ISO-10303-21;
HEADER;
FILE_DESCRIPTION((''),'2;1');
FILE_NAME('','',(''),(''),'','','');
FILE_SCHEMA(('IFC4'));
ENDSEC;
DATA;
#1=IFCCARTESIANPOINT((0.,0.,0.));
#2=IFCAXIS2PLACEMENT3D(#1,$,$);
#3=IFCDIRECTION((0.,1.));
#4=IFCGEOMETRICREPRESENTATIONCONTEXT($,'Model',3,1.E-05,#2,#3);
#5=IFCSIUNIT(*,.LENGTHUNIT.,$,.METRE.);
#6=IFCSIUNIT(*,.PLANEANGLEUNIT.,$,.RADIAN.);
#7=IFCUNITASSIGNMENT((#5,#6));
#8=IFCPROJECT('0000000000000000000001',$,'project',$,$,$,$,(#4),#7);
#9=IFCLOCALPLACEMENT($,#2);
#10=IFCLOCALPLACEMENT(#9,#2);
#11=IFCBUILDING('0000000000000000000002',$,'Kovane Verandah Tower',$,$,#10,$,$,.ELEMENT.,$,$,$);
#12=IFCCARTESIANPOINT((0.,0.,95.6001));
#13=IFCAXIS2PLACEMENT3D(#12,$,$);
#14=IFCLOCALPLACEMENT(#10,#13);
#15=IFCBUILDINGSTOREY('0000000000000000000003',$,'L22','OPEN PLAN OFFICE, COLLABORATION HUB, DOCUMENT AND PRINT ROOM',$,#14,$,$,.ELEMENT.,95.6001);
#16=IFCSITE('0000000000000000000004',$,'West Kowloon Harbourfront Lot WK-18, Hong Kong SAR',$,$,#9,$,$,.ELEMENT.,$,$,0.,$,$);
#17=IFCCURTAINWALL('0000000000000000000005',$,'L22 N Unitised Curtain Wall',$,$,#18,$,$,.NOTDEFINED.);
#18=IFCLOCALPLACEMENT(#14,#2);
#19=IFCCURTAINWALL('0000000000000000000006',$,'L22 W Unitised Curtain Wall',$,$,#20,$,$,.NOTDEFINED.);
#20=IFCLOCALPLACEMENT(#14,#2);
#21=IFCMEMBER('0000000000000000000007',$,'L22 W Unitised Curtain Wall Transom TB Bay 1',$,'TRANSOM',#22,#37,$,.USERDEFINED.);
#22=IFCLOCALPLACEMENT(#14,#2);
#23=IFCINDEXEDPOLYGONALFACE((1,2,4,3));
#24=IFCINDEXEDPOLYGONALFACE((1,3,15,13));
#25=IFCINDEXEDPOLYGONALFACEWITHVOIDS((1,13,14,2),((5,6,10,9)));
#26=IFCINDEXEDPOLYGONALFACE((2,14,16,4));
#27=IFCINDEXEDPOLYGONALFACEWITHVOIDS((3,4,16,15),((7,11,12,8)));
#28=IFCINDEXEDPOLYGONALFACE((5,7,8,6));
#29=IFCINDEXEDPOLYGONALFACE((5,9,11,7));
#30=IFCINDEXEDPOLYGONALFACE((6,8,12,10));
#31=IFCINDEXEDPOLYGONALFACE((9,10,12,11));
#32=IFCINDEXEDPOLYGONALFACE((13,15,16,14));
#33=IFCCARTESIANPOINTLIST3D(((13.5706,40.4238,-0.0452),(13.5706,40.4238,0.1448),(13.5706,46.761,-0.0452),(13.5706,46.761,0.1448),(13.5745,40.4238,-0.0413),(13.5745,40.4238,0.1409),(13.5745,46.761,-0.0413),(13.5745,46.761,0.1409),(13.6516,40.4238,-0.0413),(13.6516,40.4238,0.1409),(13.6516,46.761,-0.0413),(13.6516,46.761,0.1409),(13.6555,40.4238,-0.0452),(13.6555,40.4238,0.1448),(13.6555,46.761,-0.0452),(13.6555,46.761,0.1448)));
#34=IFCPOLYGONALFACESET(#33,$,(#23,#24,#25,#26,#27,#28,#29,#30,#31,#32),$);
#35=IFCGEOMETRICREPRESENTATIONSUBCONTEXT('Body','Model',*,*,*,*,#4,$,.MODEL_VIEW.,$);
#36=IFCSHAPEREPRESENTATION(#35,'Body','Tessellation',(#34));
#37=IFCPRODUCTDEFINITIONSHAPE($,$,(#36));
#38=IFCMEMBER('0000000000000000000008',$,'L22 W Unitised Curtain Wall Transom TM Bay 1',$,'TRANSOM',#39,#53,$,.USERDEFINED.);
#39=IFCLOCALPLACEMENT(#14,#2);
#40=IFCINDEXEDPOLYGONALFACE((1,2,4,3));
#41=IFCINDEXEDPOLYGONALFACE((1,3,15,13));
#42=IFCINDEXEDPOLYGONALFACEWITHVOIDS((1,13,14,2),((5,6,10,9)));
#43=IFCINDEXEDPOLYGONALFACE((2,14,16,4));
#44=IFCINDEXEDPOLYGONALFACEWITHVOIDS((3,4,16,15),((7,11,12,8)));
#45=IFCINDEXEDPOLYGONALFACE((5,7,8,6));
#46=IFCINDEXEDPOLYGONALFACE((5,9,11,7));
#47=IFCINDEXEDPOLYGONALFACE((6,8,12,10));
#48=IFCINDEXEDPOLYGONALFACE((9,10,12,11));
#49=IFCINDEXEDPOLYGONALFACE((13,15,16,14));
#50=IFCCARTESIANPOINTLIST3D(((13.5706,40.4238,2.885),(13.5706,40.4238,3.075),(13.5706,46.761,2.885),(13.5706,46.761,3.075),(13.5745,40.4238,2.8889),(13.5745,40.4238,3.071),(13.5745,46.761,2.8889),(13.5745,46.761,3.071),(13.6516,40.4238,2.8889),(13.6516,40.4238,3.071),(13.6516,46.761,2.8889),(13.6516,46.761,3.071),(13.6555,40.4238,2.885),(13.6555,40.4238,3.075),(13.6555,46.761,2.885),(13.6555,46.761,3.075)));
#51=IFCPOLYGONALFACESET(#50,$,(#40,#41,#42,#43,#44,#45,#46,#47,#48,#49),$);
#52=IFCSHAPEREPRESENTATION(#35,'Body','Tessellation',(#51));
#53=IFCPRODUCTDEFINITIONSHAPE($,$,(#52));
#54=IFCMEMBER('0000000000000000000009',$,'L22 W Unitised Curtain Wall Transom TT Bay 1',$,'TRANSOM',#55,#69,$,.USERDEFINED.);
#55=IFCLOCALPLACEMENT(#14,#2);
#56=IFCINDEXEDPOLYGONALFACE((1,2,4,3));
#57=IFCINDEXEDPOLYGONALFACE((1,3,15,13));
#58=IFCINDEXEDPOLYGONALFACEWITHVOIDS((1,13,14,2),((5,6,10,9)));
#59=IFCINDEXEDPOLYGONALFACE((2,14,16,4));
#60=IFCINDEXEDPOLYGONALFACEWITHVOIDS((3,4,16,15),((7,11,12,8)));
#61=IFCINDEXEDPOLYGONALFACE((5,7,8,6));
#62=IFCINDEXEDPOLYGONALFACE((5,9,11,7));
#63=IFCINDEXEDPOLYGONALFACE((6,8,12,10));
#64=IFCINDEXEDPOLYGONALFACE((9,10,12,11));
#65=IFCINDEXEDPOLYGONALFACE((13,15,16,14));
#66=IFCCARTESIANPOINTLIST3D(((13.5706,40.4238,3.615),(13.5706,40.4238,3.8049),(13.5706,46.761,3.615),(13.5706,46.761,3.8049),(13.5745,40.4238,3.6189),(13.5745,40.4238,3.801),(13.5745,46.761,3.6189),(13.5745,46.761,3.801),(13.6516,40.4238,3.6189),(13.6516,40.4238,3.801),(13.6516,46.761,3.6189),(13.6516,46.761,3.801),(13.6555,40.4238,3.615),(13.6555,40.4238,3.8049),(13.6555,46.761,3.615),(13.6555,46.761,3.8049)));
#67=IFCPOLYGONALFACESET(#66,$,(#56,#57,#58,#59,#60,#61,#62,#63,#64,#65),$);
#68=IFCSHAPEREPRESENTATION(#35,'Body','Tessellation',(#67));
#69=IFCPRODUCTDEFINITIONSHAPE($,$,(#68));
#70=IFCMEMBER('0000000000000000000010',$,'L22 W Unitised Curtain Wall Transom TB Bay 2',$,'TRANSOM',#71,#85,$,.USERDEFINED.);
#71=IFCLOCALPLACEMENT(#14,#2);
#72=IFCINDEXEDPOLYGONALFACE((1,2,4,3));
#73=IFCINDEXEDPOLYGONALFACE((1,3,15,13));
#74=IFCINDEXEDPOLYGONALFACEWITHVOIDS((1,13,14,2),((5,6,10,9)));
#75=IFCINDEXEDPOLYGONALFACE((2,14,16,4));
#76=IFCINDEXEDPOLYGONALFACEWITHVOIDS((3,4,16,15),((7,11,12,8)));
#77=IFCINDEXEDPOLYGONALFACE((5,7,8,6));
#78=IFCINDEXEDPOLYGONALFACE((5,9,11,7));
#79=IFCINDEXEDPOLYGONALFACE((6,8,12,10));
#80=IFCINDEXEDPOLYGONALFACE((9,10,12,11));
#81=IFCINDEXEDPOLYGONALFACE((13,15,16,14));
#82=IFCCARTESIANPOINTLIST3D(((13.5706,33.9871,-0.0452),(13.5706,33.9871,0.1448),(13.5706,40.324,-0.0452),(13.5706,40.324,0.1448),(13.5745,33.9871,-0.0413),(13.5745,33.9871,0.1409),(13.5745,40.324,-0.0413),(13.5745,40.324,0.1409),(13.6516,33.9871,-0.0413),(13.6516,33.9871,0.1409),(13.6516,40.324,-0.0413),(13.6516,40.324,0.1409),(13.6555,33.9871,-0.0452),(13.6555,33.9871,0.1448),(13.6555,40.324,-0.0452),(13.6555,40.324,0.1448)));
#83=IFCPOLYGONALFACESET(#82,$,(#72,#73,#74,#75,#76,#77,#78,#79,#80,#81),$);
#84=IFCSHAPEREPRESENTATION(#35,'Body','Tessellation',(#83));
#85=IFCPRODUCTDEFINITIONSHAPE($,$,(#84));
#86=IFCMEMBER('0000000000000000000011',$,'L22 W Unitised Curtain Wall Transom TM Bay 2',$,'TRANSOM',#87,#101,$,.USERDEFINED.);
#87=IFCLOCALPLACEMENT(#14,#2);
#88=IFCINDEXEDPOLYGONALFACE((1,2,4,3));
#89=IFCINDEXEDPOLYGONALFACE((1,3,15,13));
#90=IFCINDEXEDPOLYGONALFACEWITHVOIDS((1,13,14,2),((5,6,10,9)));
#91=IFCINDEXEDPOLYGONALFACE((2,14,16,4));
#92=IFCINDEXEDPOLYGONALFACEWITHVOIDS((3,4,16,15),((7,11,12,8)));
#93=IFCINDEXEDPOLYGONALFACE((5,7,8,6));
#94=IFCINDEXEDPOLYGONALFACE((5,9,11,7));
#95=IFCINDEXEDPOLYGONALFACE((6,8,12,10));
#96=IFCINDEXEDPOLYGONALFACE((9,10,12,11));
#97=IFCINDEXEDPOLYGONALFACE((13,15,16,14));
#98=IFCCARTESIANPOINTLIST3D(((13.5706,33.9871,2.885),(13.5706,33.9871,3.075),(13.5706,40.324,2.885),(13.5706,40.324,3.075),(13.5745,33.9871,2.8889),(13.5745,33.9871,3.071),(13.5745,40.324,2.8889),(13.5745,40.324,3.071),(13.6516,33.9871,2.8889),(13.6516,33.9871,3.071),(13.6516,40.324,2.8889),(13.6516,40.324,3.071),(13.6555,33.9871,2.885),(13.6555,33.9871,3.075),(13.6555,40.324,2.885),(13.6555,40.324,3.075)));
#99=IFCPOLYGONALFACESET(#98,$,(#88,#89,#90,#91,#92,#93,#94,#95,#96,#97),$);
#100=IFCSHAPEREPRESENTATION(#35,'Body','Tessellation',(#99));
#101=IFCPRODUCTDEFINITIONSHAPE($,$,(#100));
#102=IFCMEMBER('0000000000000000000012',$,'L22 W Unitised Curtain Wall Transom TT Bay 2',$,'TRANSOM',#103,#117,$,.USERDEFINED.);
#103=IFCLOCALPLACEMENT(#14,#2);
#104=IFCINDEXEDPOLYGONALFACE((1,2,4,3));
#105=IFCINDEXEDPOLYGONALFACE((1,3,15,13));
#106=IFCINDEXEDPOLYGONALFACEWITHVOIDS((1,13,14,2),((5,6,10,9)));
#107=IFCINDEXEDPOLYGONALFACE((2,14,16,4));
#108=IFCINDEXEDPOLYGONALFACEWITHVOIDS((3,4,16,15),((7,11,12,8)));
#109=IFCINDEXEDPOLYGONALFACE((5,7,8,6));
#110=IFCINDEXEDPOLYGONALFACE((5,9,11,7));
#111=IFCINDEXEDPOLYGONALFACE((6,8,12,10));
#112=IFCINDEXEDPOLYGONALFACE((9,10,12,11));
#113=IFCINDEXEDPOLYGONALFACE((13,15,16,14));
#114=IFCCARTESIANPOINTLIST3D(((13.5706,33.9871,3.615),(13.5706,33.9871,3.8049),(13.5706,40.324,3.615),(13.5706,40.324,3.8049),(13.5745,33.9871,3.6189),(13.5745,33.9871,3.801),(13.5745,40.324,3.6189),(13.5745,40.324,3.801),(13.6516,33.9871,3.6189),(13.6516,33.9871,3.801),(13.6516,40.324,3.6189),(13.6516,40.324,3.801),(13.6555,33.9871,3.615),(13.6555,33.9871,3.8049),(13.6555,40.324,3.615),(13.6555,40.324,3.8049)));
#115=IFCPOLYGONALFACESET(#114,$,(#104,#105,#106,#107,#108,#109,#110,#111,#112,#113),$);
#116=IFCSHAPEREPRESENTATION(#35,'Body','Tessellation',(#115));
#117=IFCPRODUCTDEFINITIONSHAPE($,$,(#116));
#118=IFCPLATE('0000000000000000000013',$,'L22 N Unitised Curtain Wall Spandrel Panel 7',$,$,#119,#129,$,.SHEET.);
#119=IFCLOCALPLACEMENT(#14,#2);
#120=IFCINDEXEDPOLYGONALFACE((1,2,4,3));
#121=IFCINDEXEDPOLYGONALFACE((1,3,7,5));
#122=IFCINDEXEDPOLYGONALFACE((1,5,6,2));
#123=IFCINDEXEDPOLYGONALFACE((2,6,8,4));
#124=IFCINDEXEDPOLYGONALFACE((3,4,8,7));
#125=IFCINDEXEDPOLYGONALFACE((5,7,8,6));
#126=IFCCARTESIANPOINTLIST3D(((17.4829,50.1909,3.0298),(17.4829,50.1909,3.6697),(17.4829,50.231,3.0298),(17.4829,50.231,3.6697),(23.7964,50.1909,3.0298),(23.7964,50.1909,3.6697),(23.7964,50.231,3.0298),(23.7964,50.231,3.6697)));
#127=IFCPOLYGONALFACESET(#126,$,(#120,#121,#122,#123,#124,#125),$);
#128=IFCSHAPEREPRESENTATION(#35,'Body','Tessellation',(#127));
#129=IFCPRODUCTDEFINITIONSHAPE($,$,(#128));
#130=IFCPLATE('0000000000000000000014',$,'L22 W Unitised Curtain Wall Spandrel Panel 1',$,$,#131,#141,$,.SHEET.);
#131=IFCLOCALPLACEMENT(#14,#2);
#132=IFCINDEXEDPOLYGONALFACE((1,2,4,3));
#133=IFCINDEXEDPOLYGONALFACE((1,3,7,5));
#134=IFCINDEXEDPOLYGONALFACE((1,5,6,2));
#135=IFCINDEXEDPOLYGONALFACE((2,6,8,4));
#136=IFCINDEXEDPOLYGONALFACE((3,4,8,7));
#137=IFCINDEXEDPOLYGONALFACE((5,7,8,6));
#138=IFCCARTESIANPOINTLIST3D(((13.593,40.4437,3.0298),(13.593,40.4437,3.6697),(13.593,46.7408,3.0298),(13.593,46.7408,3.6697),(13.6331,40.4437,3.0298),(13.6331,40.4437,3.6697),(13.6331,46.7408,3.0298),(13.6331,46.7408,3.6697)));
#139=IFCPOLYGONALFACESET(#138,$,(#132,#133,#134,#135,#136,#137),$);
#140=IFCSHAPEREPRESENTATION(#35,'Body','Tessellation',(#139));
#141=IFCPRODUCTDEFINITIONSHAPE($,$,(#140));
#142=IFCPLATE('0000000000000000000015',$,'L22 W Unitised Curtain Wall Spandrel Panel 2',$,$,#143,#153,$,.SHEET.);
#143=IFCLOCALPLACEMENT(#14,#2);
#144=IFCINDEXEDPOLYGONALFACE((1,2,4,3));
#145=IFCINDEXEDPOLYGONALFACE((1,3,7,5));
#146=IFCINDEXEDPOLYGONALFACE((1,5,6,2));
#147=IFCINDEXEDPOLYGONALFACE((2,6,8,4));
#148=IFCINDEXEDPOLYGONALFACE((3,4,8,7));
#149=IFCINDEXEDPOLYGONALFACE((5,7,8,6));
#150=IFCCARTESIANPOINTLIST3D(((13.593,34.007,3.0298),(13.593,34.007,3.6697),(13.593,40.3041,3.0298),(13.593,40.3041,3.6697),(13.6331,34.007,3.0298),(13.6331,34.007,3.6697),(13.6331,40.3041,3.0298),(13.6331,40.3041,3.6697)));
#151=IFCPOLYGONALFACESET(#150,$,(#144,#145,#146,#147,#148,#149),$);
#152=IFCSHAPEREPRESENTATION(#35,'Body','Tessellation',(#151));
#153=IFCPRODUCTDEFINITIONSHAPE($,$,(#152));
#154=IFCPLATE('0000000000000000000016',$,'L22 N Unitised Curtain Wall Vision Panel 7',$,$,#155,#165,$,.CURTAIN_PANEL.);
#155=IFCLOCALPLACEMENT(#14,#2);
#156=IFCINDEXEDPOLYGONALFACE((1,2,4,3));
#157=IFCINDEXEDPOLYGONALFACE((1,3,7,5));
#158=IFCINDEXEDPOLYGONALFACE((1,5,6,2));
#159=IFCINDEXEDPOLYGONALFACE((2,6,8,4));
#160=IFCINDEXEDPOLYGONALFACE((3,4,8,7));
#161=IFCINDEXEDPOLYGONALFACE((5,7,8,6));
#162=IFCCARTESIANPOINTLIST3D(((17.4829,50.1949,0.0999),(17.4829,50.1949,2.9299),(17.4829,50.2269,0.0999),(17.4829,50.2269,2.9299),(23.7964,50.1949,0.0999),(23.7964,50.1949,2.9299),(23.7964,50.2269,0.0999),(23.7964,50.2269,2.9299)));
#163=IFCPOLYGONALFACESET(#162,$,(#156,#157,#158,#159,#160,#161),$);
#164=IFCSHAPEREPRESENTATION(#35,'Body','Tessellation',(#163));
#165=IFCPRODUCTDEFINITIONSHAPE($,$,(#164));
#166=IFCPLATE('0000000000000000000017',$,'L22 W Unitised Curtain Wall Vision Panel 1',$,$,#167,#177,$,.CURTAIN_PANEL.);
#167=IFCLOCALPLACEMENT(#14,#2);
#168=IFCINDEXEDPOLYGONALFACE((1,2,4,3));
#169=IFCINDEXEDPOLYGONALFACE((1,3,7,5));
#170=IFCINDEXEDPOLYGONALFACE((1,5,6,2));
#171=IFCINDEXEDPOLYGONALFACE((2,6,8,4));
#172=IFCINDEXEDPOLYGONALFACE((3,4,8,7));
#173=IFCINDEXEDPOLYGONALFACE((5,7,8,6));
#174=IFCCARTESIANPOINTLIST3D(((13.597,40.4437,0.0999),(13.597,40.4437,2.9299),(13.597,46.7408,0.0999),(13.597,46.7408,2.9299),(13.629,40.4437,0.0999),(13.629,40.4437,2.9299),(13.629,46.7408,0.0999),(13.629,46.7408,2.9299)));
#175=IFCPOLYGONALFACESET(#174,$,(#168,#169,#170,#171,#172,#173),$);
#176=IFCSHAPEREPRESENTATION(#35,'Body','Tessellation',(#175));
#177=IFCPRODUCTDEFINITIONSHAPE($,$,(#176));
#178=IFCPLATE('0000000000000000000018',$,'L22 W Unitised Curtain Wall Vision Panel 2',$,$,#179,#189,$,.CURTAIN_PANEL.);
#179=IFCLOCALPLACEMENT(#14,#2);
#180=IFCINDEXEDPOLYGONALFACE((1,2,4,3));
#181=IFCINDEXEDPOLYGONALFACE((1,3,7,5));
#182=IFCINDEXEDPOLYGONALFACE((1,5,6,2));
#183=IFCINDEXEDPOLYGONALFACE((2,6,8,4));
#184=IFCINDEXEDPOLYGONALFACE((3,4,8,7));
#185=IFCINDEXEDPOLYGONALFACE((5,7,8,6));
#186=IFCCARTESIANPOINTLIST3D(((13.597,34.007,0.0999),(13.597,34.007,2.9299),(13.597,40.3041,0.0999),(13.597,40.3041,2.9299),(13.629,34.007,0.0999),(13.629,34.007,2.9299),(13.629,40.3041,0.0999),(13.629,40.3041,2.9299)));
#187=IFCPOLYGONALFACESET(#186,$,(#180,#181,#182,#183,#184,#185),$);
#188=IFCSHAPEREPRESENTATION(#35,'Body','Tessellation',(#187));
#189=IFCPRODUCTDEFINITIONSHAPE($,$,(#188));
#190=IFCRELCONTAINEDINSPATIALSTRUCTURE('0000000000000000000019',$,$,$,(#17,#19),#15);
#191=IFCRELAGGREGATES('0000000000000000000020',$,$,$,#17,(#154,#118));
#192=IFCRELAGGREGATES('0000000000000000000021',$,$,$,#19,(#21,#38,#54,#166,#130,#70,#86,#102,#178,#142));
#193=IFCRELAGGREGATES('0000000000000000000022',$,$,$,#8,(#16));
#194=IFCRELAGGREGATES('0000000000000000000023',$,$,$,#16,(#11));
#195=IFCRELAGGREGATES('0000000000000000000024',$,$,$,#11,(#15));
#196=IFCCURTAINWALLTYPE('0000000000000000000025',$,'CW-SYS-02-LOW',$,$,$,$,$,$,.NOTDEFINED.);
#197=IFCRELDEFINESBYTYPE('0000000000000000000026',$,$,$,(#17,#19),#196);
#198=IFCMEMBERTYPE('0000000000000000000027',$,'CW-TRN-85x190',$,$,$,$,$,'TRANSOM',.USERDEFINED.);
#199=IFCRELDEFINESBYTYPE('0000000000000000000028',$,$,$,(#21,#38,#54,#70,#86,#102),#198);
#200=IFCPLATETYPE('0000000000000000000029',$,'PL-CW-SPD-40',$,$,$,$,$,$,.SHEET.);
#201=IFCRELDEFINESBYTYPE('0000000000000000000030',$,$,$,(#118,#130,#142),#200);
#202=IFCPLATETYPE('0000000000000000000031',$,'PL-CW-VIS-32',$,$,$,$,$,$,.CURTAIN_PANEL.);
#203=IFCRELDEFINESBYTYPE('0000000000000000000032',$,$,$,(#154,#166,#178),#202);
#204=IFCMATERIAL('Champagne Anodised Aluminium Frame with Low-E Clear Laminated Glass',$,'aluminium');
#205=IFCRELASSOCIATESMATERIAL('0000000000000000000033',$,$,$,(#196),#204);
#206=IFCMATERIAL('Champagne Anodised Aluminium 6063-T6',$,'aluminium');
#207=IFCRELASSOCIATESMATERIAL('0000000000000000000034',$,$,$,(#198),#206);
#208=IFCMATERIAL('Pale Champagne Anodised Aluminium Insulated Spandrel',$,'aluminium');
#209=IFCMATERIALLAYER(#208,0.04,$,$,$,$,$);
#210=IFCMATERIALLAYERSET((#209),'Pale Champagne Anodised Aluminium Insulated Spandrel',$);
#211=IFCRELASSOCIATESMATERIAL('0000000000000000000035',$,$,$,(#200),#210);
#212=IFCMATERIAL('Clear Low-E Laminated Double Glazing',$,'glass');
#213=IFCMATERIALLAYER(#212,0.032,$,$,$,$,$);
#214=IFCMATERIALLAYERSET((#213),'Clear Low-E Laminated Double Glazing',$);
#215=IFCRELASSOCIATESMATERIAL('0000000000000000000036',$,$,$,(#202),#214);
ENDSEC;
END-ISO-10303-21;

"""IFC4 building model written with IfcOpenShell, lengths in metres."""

from ifc_helpers import new_model, si_unit, direction, frame, origin, origin_2d, place, context, subcontext, project, spatial, rectangle, hollow_rectangle, extrude, material, layer, layer_set, material_profile, profile_set, type_object, element, aggregate, save


model = new_model("IFC4")

# Units and contexts
model_context = context("Model", 3, precision=1e-05, world=origin(), true_north=direction((0.0, 1.0)))
body_context = subcontext(model_context, "Body", "Model", "MODEL_VIEW")
ifc_project = project(units=[si_unit("LENGTHUNIT", "METRE"), si_unit("PLANEANGLEUNIT", "RADIAN")], contexts=[model_context])

# Site, building, storey
site_placement = place(None, origin())
site = spatial("IfcSite", under=ifc_project, at=site_placement, Name="West Kowloon Harbourfront Lot WK-18, Hong Kong SAR", CompositionType="ELEMENT", RefElevation=0.0)
building_placement = place(site_placement, origin())
building = spatial("IfcBuilding", under=site, at=building_placement, Name="Kovane Verandah Tower", CompositionType="ELEMENT")
storey_placement = place(building_placement, frame((0.0, 0.0, 95.6001)))
storey = spatial("IfcBuildingStorey", under=building, at=storey_placement, Name="L22", Description="OPEN PLAN OFFICE, COLLABORATION HUB, DOCUMENT AND PRINT ROOM", CompositionType="ELEMENT", Elevation=95.6001)

# Curtain wall
ifc_material_1 = material(Name="Champagne Anodised Aluminium Frame with Low-E Clear Laminated Glass", Category="aluminium")
curtain_wall_type = type_object("IfcCurtainWallType", Name="CW-SYS-02-LOW", PredefinedType="NOTDEFINED", material=ifc_material_1)
curtain_wall_1_placement = place(storey_placement, origin())
curtain_wall_1 = element("IfcCurtainWall", 1, at=curtain_wall_1_placement, inside=storey, type_object=curtain_wall_type, Name="L22 N Unitised Curtain Wall", PredefinedType="NOTDEFINED")
ifc_material_2 = material(Name="Champagne Anodised Aluminium 6063-T6", Category="aluminium")

# Curtain wall
curtain_wall_2_placement = place(storey_placement, origin())
curtain_wall_2 = element("IfcCurtainWall", 2, at=curtain_wall_2_placement, inside=storey, type_object=curtain_wall_type, Name="L22 W Unitised Curtain Wall", PredefinedType="NOTDEFINED")

# Members
ifc_material_profile_1 = material_profile(ifc_material_2, hollow_rectangle(XDim=0.085, YDim=0.1899, WallThickness=0.0039, at=origin_2d()), Name="AL85x190x4")
ifc_profile_set_1 = profile_set([ifc_material_profile_1], Name="Champagne Anodised Aluminium 6063-T6")
member_type_1 = type_object("IfcMemberType", Name="CW-TRN-85x190", ElementType="TRANSOM", PredefinedType="USERDEFINED", material=ifc_profile_set_1)
member_1_placement = place(storey_placement, frame((13.613, 46.761, 0.0498), z_axis=(0.0, -1.0, 0.0), x_axis=(1.0, 0.0, 0.0)))
member_1 = element("IfcMember", 3, at=member_1_placement, type_object=member_type_1, Name="L22 W Unitised Curtain Wall Transom TB Bay 1", ObjectType="TRANSOM", PredefinedType="USERDEFINED", context=body_context, shape_type="SweptSolid", body=[
    extrude(hollow_rectangle(XDim=0.085, YDim=0.1899, WallThickness=0.0039, at=origin_2d()), origin(), (0.0, 0.0, 1.0), 6.3372),
])
member_2_placement = place(storey_placement, frame((13.613, 46.761, 2.98), z_axis=(0.0, -1.0, 0.0), x_axis=(1.0, 0.0, 0.0)))
member_2 = element("IfcMember", 4, at=member_2_placement, type_object=member_type_1, Name="L22 W Unitised Curtain Wall Transom TM Bay 1", ObjectType="TRANSOM", PredefinedType="USERDEFINED", context=body_context, shape_type="SweptSolid", body=[
    extrude(hollow_rectangle(XDim=0.085, YDim=0.1899, WallThickness=0.0039, at=origin_2d()), origin(), (0.0, 0.0, 1.0), 6.3372),
])
member_3_placement = place(storey_placement, frame((13.613, 46.761, 3.71), z_axis=(0.0, -1.0, 0.0), x_axis=(1.0, 0.0, 0.0)))
member_3 = element("IfcMember", 5, at=member_3_placement, type_object=member_type_1, Name="L22 W Unitised Curtain Wall Transom TT Bay 1", ObjectType="TRANSOM", PredefinedType="USERDEFINED", context=body_context, shape_type="SweptSolid", body=[
    extrude(hollow_rectangle(XDim=0.085, YDim=0.1899, WallThickness=0.0039, at=origin_2d()), origin(), (0.0, 0.0, 1.0), 6.3372),
])
member_4_placement = place(storey_placement, frame((13.613, 40.324, 0.0498), z_axis=(0.0, -1.0, 0.0), x_axis=(1.0, 0.0, 0.0)))
member_4 = element("IfcMember", 6, at=member_4_placement, type_object=member_type_1, Name="L22 W Unitised Curtain Wall Transom TB Bay 2", ObjectType="TRANSOM", PredefinedType="USERDEFINED", context=body_context, shape_type="SweptSolid", body=[
    extrude(hollow_rectangle(XDim=0.085, YDim=0.1899, WallThickness=0.0039, at=origin_2d()), origin(), (0.0, 0.0, 1.0), 6.3369),
])
member_5_placement = place(storey_placement, frame((13.613, 40.324, 2.98), z_axis=(0.0, -1.0, 0.0), x_axis=(1.0, 0.0, 0.0)))
member_5 = element("IfcMember", 7, at=member_5_placement, type_object=member_type_1, Name="L22 W Unitised Curtain Wall Transom TM Bay 2", ObjectType="TRANSOM", PredefinedType="USERDEFINED", context=body_context, shape_type="SweptSolid", body=[
    extrude(hollow_rectangle(XDim=0.085, YDim=0.1899, WallThickness=0.0039, at=origin_2d()), origin(), (0.0, 0.0, 1.0), 6.3369),
])
member_6_placement = place(storey_placement, frame((13.613, 40.324, 3.71), z_axis=(0.0, -1.0, 0.0), x_axis=(1.0, 0.0, 0.0)))
member_6 = element("IfcMember", 8, at=member_6_placement, type_object=member_type_1, Name="L22 W Unitised Curtain Wall Transom TT Bay 2", ObjectType="TRANSOM", PredefinedType="USERDEFINED", context=body_context, shape_type="SweptSolid", body=[
    extrude(hollow_rectangle(XDim=0.085, YDim=0.1899, WallThickness=0.0039, at=origin_2d()), origin(), (0.0, 0.0, 1.0), 6.3369),
])

# Plates
ifc_material_3 = material(Name="Pale Champagne Anodised Aluminium Insulated Spandrel", Category="aluminium")
ifc_layer_1 = layer(ifc_material_3, 0.04)
ifc_layer_set_1 = layer_set([ifc_layer_1], Name="Pale Champagne Anodised Aluminium Insulated Spandrel")
plate_type_1 = type_object("IfcPlateType", Name="PL-CW-SPD-40", PredefinedType="SHEET", material=ifc_layer_set_1)
plate_1_placement = place(storey_placement, frame((20.6396, 50.2109, 3.0298), z_axis=(0.0, 0.0, 1.0), x_axis=(-1.0, 0.0, 0.0)))
plate_1 = element("IfcPlate", 9, at=plate_1_placement, type_object=plate_type_1, Name="L22 N Unitised Curtain Wall Spandrel Panel 7", PredefinedType="SHEET", context=body_context, shape_type="SweptSolid", body=[
    extrude(rectangle(XDim=6.3135, YDim=0.04, at=origin_2d()), origin(), (0.0, 0.0, 1.0), 0.6399),
])
plate_2_placement = place(storey_placement, frame((13.613, 43.5923, 3.0298), z_axis=(0.0, 0.0, 1.0), x_axis=(0.0, -1.0, 0.0)))
plate_2 = element("IfcPlate", 10, at=plate_2_placement, type_object=plate_type_1, Name="L22 W Unitised Curtain Wall Spandrel Panel 1", PredefinedType="SHEET", context=body_context, shape_type="SweptSolid", body=[
    extrude(rectangle(XDim=6.2971, YDim=0.04, at=origin_2d()), origin(), (0.0, 0.0, 1.0), 0.6399),
])
plate_3_placement = place(storey_placement, frame((13.613, 37.1555, 3.0298), z_axis=(0.0, 0.0, 1.0), x_axis=(0.0, -1.0, 0.0)))
plate_3 = element("IfcPlate", 11, at=plate_3_placement, type_object=plate_type_1, Name="L22 W Unitised Curtain Wall Spandrel Panel 2", PredefinedType="SHEET", context=body_context, shape_type="SweptSolid", body=[
    extrude(rectangle(XDim=6.2971, YDim=0.04, at=origin_2d()), origin(), (0.0, 0.0, 1.0), 0.6399),
])
ifc_material_4 = material(Name="Clear Low-E Laminated Double Glazing", Category="glass")
ifc_layer_2 = layer(ifc_material_4, 0.032)
ifc_layer_set_2 = layer_set([ifc_layer_2], Name="Clear Low-E Laminated Double Glazing")
plate_type_2 = type_object("IfcPlateType", Name="PL-CW-VIS-32", PredefinedType="CURTAIN_PANEL", material=ifc_layer_set_2)
plate_4_placement = place(storey_placement, frame((20.6396, 50.2109, 0.0999), z_axis=(0.0, 0.0, 1.0), x_axis=(-1.0, 0.0, 0.0)))
plate_4 = element("IfcPlate", 12, at=plate_4_placement, type_object=plate_type_2, Name="L22 N Unitised Curtain Wall Vision Panel 7", PredefinedType="CURTAIN_PANEL", context=body_context, shape_type="SweptSolid", body=[
    extrude(rectangle(XDim=6.3135, YDim=0.032, at=origin_2d()), origin(), (0.0, 0.0, 1.0), 2.8301),
])
aggregate(curtain_wall_1, [plate_4, plate_1])
plate_5_placement = place(storey_placement, frame((13.613, 43.5923, 0.0999), z_axis=(0.0, 0.0, 1.0), x_axis=(0.0, -1.0, 0.0)))
plate_5 = element("IfcPlate", 13, at=plate_5_placement, type_object=plate_type_2, Name="L22 W Unitised Curtain Wall Vision Panel 1", PredefinedType="CURTAIN_PANEL", context=body_context, shape_type="SweptSolid", body=[
    extrude(rectangle(XDim=6.2971, YDim=0.032, at=origin_2d()), origin(), (0.0, 0.0, 1.0), 2.8301),
])
plate_6_placement = place(storey_placement, frame((13.613, 37.1555, 0.0999), z_axis=(0.0, 0.0, 1.0), x_axis=(0.0, -1.0, 0.0)))
plate_6 = element("IfcPlate", 14, at=plate_6_placement, type_object=plate_type_2, Name="L22 W Unitised Curtain Wall Vision Panel 2", PredefinedType="CURTAIN_PANEL", context=body_context, shape_type="SweptSolid", body=[
    extrude(rectangle(XDim=6.2971, YDim=0.032, at=origin_2d()), origin(), (0.0, 0.0, 1.0), 2.8301),
])
aggregate(curtain_wall_2, [member_1, member_2, member_3, plate_5, plate_2, member_4, member_5, member_6, plate_6, plate_3])

save(model, "model.ifc")
